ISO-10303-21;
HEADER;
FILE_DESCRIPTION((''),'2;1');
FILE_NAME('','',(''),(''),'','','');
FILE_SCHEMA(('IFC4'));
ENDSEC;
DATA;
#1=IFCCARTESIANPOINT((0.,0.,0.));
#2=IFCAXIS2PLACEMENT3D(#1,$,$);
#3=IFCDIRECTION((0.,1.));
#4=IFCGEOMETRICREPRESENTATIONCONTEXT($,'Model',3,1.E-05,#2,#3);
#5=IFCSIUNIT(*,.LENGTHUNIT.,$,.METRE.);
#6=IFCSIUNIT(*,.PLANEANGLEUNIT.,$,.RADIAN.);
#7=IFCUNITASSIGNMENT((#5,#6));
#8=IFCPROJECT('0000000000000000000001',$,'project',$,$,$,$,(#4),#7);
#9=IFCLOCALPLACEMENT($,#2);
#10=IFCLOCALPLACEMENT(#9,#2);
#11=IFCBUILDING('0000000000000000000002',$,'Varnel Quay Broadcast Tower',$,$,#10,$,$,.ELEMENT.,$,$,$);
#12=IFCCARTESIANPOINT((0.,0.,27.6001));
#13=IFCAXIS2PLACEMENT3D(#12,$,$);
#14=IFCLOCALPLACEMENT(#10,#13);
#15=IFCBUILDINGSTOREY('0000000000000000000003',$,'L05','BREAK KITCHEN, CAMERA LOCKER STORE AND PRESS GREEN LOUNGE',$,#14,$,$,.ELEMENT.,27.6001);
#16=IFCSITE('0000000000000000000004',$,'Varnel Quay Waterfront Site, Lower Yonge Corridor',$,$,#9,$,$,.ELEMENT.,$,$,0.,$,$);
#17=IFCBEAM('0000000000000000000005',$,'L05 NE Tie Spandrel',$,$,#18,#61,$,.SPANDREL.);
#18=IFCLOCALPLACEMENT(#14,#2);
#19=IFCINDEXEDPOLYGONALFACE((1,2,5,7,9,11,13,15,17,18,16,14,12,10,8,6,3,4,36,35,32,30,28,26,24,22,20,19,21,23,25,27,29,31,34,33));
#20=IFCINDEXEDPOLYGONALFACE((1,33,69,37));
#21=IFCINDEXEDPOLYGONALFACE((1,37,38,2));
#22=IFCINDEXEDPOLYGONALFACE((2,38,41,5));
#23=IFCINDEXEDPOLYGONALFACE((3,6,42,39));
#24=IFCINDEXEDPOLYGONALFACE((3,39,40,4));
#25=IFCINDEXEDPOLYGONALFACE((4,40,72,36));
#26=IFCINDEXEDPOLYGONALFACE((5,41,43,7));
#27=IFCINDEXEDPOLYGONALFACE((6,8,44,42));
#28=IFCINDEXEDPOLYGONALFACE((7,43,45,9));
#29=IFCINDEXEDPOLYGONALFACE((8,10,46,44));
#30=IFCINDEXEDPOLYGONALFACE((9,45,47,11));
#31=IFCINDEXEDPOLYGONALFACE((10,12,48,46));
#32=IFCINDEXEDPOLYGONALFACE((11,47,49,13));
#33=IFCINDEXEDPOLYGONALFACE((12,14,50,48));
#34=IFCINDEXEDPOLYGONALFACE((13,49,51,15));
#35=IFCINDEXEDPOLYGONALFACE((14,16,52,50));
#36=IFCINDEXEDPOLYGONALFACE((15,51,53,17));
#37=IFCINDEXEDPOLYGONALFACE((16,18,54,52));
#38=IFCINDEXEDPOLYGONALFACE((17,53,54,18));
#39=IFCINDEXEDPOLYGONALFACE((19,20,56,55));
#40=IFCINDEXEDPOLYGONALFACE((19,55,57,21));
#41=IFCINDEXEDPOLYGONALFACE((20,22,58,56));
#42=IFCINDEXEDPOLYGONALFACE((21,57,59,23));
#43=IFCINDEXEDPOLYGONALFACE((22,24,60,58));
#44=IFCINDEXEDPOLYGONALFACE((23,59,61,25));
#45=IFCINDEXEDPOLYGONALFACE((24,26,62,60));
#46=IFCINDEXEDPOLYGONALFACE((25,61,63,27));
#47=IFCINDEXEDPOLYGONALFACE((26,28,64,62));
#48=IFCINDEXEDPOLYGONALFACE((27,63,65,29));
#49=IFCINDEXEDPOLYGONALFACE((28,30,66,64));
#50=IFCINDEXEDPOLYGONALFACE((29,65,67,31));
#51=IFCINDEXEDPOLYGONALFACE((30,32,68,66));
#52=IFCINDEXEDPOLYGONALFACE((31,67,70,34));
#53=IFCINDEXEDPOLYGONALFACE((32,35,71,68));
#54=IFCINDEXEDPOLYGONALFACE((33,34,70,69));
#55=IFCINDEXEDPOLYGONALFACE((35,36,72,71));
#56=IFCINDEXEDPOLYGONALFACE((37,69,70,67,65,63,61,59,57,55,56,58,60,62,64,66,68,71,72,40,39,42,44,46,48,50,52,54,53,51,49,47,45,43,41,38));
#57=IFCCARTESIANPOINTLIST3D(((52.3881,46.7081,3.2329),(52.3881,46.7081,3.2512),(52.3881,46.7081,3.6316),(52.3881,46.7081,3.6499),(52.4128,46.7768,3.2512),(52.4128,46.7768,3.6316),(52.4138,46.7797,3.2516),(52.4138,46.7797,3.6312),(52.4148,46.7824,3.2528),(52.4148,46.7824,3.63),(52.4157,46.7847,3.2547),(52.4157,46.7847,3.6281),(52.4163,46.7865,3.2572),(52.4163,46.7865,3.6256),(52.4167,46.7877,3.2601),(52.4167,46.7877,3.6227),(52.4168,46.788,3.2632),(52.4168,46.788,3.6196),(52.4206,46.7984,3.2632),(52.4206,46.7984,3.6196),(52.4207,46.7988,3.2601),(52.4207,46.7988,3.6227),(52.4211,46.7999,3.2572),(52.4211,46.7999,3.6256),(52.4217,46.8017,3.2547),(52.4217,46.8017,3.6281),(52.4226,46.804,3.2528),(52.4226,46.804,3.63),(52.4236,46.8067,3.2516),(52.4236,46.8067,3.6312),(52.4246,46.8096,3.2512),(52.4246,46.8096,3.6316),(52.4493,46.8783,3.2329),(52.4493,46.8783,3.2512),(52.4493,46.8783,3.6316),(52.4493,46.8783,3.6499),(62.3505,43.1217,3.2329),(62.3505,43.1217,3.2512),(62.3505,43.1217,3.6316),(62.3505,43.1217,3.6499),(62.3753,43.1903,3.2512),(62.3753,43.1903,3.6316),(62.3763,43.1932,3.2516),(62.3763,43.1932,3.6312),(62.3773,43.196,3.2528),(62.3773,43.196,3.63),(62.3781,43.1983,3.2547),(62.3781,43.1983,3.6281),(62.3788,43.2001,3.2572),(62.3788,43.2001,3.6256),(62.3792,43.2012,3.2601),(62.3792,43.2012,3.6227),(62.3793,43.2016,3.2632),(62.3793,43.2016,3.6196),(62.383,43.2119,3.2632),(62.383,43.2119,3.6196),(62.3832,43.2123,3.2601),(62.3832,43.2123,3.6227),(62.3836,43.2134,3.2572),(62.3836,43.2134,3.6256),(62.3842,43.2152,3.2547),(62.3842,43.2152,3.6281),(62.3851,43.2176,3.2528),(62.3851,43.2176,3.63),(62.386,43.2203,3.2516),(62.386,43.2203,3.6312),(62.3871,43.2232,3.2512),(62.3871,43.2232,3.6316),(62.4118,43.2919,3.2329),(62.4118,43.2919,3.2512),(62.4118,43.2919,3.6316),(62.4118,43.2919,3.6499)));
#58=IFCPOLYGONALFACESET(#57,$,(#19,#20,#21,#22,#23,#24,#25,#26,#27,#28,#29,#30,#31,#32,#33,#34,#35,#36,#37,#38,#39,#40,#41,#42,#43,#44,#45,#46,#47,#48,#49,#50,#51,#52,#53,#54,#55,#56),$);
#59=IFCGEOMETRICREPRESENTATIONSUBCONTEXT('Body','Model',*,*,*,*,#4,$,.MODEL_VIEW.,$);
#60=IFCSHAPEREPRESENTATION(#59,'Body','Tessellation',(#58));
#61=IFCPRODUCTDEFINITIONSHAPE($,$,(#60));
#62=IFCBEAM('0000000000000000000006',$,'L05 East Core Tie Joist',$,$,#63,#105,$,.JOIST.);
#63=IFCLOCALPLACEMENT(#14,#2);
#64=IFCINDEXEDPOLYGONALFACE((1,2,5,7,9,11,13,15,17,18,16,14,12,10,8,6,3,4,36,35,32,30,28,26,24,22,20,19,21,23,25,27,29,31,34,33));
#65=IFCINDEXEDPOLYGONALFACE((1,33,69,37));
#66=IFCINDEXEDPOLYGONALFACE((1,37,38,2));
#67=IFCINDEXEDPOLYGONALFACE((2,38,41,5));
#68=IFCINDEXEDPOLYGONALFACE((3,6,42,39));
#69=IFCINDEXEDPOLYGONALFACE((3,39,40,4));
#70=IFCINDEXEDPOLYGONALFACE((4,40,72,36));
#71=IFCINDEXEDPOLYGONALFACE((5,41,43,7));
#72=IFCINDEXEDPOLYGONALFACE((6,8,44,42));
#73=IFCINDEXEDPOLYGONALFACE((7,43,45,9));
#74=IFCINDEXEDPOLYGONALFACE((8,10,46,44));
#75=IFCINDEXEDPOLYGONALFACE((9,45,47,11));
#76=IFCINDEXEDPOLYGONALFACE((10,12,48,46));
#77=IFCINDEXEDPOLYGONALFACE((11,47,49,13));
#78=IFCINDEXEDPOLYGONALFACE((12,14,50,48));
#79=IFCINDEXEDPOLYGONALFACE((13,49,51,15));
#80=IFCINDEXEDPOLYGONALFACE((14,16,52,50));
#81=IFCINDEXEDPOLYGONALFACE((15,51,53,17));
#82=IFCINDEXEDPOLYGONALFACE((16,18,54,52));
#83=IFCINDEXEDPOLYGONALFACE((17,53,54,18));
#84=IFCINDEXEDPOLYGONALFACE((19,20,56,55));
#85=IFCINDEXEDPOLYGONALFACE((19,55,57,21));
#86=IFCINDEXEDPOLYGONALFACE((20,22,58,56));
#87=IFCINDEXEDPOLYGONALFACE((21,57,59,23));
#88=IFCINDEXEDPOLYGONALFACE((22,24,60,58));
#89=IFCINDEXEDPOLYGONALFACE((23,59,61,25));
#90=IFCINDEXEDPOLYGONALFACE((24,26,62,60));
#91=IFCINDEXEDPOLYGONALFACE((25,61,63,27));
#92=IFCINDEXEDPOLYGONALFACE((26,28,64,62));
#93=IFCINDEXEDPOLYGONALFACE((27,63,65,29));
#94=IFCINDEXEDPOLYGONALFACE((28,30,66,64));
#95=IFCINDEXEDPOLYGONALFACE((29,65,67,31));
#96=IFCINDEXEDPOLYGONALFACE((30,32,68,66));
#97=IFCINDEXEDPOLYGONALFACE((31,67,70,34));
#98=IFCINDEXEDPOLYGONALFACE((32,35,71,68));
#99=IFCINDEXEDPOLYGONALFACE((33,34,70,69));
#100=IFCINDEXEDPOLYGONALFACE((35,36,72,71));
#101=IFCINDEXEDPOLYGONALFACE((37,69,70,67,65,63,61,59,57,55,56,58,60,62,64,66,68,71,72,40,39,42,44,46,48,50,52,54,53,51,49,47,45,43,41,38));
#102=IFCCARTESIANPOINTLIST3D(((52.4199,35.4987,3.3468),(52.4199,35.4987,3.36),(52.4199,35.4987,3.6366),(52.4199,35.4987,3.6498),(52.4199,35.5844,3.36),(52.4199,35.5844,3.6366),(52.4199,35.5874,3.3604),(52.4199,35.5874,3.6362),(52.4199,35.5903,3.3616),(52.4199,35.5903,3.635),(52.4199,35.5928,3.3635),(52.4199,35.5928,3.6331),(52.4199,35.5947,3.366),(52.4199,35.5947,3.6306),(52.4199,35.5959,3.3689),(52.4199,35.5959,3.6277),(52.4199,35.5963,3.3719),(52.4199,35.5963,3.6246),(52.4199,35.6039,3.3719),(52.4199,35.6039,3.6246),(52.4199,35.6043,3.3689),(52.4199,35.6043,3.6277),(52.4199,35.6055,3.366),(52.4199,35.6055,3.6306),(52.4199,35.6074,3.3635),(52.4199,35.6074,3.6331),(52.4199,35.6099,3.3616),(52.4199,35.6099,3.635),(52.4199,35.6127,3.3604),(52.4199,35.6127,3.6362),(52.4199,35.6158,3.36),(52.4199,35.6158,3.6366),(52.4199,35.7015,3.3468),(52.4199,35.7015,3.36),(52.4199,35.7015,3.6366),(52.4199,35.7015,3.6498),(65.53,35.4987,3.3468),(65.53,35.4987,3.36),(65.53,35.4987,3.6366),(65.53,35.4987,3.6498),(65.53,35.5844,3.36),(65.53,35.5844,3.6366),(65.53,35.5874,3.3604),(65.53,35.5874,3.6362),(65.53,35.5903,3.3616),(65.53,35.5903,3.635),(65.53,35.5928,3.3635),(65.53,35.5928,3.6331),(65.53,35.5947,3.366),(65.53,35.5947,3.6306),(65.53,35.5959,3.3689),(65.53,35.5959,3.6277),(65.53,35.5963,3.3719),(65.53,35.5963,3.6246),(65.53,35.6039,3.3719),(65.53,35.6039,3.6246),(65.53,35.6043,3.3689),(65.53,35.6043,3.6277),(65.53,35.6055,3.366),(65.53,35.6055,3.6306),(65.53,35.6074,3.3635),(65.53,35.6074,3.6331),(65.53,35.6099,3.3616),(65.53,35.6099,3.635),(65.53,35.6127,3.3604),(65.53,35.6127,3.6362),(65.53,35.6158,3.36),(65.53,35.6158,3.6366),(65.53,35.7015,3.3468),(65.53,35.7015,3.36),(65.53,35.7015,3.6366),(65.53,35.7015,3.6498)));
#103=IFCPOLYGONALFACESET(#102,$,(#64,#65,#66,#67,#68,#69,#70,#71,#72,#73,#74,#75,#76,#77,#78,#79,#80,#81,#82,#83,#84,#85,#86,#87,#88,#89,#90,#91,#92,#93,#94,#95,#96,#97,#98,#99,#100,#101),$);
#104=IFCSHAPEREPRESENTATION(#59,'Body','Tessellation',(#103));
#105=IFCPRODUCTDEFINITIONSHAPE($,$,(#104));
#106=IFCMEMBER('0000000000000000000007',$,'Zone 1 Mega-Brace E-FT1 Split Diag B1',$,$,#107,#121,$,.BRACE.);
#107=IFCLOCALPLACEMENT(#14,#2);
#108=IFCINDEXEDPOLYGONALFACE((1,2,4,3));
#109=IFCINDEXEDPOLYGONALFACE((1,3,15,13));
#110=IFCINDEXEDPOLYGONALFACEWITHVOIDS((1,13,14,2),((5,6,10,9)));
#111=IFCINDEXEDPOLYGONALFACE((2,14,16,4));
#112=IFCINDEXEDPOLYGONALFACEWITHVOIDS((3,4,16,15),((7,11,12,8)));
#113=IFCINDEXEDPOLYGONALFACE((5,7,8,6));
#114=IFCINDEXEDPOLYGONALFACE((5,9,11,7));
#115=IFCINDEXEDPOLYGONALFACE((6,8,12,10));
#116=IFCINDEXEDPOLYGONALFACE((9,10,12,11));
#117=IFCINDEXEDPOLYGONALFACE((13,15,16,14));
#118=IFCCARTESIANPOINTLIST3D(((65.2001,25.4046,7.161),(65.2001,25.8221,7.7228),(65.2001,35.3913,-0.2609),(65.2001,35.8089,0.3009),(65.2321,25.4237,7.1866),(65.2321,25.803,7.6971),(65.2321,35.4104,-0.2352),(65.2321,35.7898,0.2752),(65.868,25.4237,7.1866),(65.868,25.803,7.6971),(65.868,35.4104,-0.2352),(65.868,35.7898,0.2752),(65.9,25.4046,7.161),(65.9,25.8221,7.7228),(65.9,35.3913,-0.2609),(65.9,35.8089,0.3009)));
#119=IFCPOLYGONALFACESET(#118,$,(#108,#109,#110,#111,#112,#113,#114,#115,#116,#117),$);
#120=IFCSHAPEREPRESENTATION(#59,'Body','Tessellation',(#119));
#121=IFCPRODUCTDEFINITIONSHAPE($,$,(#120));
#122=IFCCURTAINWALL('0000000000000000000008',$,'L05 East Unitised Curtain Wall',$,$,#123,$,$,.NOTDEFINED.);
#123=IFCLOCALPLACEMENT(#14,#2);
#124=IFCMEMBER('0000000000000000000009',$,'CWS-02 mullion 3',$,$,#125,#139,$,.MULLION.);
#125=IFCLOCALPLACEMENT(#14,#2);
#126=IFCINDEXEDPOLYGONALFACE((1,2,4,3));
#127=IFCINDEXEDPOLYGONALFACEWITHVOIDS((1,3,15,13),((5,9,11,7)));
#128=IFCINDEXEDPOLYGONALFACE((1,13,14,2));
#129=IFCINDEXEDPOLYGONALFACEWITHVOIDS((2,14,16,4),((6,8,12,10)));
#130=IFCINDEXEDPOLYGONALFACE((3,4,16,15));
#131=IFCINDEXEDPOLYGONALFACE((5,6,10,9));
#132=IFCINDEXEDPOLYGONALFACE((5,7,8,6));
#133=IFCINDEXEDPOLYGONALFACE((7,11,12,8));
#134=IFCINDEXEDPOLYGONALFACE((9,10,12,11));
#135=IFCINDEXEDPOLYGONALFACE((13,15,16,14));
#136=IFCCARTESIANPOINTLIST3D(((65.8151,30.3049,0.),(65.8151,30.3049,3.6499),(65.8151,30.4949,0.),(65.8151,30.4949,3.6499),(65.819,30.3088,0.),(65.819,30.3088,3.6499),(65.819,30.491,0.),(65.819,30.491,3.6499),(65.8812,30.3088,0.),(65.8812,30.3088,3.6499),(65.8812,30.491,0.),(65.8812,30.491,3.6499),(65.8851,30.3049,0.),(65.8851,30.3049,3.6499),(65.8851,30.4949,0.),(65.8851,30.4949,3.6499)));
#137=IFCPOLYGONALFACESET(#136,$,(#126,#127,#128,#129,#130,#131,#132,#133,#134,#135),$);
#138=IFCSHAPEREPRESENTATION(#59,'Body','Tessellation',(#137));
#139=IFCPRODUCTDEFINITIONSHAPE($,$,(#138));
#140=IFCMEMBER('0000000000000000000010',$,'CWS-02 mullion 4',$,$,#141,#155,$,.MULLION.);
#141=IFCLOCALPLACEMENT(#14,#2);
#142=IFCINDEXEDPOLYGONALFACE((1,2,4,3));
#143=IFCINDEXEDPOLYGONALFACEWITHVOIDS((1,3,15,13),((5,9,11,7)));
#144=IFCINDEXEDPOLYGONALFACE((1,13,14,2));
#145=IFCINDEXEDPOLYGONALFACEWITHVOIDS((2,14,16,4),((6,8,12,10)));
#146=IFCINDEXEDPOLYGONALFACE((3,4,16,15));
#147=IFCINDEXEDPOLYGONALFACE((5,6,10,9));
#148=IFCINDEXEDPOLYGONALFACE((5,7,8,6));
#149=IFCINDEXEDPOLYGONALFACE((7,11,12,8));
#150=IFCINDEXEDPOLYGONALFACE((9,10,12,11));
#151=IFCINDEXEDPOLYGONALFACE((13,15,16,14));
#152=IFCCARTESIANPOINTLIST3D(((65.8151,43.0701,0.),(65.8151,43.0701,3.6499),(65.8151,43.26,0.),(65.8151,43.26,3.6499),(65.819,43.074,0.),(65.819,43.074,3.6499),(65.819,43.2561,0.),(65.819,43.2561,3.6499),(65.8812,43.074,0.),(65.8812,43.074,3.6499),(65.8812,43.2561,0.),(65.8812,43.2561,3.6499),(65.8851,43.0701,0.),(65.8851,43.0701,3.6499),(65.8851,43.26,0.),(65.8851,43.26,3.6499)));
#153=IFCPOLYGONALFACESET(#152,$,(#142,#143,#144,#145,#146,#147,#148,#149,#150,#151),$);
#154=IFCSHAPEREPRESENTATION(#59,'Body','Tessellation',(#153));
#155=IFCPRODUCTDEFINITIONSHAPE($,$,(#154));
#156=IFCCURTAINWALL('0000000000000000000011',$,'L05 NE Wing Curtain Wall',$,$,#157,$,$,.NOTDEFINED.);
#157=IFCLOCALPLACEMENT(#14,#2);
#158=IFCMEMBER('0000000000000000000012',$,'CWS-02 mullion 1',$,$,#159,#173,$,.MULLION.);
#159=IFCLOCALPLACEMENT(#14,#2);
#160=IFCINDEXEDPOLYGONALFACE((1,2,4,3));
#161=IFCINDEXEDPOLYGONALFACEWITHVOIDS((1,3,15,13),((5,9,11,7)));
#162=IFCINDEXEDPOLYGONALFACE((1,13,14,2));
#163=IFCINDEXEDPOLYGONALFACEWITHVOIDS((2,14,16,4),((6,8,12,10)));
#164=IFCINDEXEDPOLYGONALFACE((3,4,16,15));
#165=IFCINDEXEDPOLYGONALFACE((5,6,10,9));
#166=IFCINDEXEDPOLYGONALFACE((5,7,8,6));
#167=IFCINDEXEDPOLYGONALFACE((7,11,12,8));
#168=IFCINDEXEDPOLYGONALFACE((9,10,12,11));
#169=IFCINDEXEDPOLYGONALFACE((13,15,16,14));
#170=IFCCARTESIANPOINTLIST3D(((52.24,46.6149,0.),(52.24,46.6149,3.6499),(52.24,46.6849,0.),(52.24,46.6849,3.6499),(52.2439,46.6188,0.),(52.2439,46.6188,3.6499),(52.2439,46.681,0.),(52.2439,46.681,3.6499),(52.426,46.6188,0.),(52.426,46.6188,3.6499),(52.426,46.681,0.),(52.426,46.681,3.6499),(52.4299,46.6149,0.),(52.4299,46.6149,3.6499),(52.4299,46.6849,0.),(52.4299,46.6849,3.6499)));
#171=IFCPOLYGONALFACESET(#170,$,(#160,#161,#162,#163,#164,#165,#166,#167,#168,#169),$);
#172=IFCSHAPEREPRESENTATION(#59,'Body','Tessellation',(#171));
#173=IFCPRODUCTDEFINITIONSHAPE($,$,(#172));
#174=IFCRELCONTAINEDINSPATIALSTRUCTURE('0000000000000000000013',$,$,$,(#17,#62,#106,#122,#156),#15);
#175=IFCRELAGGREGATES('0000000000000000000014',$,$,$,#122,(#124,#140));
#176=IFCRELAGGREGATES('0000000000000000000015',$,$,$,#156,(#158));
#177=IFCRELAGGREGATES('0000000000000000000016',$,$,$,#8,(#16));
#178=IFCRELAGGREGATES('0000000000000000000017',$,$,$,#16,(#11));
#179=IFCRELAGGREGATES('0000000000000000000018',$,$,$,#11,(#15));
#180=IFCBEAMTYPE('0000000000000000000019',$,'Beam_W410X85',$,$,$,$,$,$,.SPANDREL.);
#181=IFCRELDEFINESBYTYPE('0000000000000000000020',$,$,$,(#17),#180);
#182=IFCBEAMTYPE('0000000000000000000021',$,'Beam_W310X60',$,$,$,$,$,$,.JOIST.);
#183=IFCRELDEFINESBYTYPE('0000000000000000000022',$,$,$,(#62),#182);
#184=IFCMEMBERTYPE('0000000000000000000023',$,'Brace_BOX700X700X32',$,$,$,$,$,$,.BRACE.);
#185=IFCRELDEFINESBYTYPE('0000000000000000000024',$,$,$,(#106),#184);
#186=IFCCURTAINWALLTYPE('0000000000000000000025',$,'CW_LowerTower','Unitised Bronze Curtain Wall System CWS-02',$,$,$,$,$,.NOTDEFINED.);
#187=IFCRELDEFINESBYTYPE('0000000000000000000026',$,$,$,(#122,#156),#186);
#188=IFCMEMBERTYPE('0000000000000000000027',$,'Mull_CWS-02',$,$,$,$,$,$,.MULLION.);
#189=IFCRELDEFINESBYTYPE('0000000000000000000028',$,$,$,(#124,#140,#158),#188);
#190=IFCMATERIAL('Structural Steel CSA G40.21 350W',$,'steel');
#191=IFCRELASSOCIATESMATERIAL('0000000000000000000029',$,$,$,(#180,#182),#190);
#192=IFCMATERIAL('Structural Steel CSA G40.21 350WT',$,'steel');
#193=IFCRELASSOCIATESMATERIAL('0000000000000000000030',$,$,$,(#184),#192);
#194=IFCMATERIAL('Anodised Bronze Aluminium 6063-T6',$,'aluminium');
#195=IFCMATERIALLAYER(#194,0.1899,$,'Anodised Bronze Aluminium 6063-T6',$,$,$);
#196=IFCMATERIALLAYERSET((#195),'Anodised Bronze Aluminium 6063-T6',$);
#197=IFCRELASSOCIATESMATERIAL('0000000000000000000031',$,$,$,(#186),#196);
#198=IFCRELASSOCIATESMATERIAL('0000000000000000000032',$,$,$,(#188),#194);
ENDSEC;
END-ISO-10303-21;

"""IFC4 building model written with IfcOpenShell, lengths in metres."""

from ifc_helpers import new_model, si_unit, direction, frame, origin, origin_2d, place, context, subcontext, project, spatial, hollow_rectangle, i_section, extrude, source, transform, mapped, material, layer, layer_set, material_profile, profile_set, type_object, type_shapes, element, aggregate, save


model = new_model("IFC4")

# Units and contexts
model_context = context("Model", 3, precision=1e-05, world=origin(), true_north=direction((0.0, 1.0)))
body_context = subcontext(model_context, "Body", "Model", "MODEL_VIEW")
ifc_project = project(units=[si_unit("LENGTHUNIT", "METRE"), si_unit("PLANEANGLEUNIT", "RADIAN")], contexts=[model_context])

# Site, building, storey
site_placement = place(None, origin())
site = spatial("IfcSite", under=ifc_project, at=site_placement, Name="Varnel Quay Waterfront Site, Lower Yonge Corridor", CompositionType="ELEMENT", RefElevation=0.0)
building_placement = place(site_placement, origin())
building = spatial("IfcBuilding", under=site, at=building_placement, Name="Varnel Quay Broadcast Tower", CompositionType="ELEMENT")
storey_placement = place(building_placement, frame((0.0, 0.0, 27.6001)))
storey = spatial("IfcBuildingStorey", under=building, at=storey_placement, Name="L05", Description="BREAK KITCHEN, CAMERA LOCKER STORE AND PRESS GREEN LOUNGE", CompositionType="ELEMENT", Elevation=27.6001)

# Shared definitions
ifc_material_1 = material(Name="Structural Steel CSA G40.21 350WT", Category="steel")
ifc_material_2 = material(Name="Structural Steel CSA G40.21 350W", Category="steel")

# Beams
ifc_material_profile_1 = material_profile(ifc_material_2, i_section(OverallWidth=0.1809, OverallDepth=0.417, WebThickness=0.011, FlangeThickness=0.0183, FilletRadius=0.012, at=origin_2d()), Name="W410X85")
ifc_profile_set_1 = profile_set([ifc_material_profile_1], Name="Structural Steel CSA G40.21 350W")
beam_type_1 = type_object("IfcBeamType", Name="Beam_W410X85", PredefinedType="SPANDREL", material=ifc_profile_set_1)
shared_shape_1 = source(origin(), body_context, "Body", "SweptSolid", [
    extrude(i_section(OverallWidth=0.1809, OverallDepth=0.417, WebThickness=0.011, FlangeThickness=0.0183, FilletRadius=0.012, at=origin_2d()), origin(), (0.0, 0.0, 1.0), 10.5884),
])
beam_1_placement = place(storey_placement, frame((52.4187, 46.7932, 3.4414), z_axis=(0.940889, -0.338716, 0.0), x_axis=(0.338716, 0.940889, 0.0)))
element("IfcBeam", 1, at=beam_1_placement, inside=storey, type_object=beam_type_1, Name="L05 NE Tie Spandrel", PredefinedType="SPANDREL", context=body_context, shape_type="MappedRepresentation", body=[
    mapped(shared_shape_1, transform((0.0, 0.0, 0.0), x_axis=(1.0, 0.0, 0.0), y_axis=(0.0, 1.0, 0.0), z_axis=(0.0, 0.0, 1.0), scale=1.0)),
])
ifc_material_profile_2 = material_profile(ifc_material_2, i_section(OverallWidth=0.2029, OverallDepth=0.303, WebThickness=0.0076, FlangeThickness=0.0132, FilletRadius=0.012, at=origin_2d()), Name="W310X60")
ifc_profile_set_2 = profile_set([ifc_material_profile_2], Name="Structural Steel CSA G40.21 350W")
beam_type_2 = type_object("IfcBeamType", Name="Beam_W310X60", PredefinedType="JOIST", material=ifc_profile_set_2)
shared_shape_2 = source(origin(), body_context, "Body", "SweptSolid", [
    extrude(i_section(OverallWidth=0.2029, OverallDepth=0.303, WebThickness=0.0076, FlangeThickness=0.0132, FilletRadius=0.012, at=origin_2d()), origin(), (0.0, 0.0, 1.0), 13.1101),
])
type_shapes(beam_type_2, [shared_shape_2])
beam_2_placement = place(storey_placement, frame((52.4199, 35.6001, 3.4983), z_axis=(1.0, 0.0, 0.0), x_axis=(0.0, 1.0, 0.0)))
element("IfcBeam", 2, at=beam_2_placement, inside=storey, type_object=beam_type_2, Name="L05 East Core Tie Joist", PredefinedType="JOIST", context=body_context, shape_type="MappedRepresentation", body=[
    mapped(shared_shape_2, transform((0.0, 0.0, 0.0), x_axis=(1.0, 0.0, 0.0), y_axis=(0.0, 1.0, 0.0), z_axis=(0.0, 0.0, 1.0), scale=1.0)),
])

# Member
ifc_material_profile_3 = material_profile(ifc_material_1, hollow_rectangle(XDim=0.7, YDim=0.7, WallThickness=0.032, at=origin_2d()), Name="BOX700X700X32")
ifc_profile_set_3 = profile_set([ifc_material_profile_3], Name="Structural Steel CSA G40.21 350WT")
member_type_1 = type_object("IfcMemberType", Name="Brace_BOX700X700X32", PredefinedType="BRACE", material=ifc_profile_set_3)
shared_shape_3 = source(origin(), body_context, "Body", "SweptSolid", [
    extrude(hollow_rectangle(XDim=0.7, YDim=0.7, WallThickness=0.032, at=origin_2d()), origin(), (0.0, 0.0, 1.0), 12.4426),
])
type_shapes(member_type_1, [shared_shape_3])
member_1_placement = place(storey_placement, frame((65.55, 35.6001, 0.02), z_axis=(0.0, -0.802625, 0.596484), x_axis=(1.0, 0.0, 0.0)))
element("IfcMember", 3, at=member_1_placement, inside=storey, type_object=member_type_1, Name="Zone 1 Mega-Brace E-FT1 Split Diag B1", PredefinedType="BRACE", context=body_context, shape_type="MappedRepresentation", body=[
    mapped(shared_shape_3, transform((0.0, 0.0, 0.0), x_axis=(1.0, 0.0, 0.0), y_axis=(0.0, 1.0, 0.0), z_axis=(0.0, 0.0, 1.0), scale=1.0)),
])

# Curtain walls, members
ifc_material_3 = material(Name="Anodised Bronze Aluminium 6063-T6", Category="aluminium")
ifc_layer_1 = layer(ifc_material_3, 0.1899, Name="Anodised Bronze Aluminium 6063-T6")
ifc_layer_set_1 = layer_set([ifc_layer_1], Name="Anodised Bronze Aluminium 6063-T6")
curtain_wall_type = type_object("IfcCurtainWallType", Name="CW_LowerTower", Description="Unitised Bronze Curtain Wall System CWS-02", PredefinedType="NOTDEFINED", material=ifc_layer_set_1)
curtain_wall_1_placement = place(storey_placement, origin())
curtain_wall_1 = element("IfcCurtainWall", 4, at=curtain_wall_1_placement, inside=storey, type_object=curtain_wall_type, Name="L05 East Unitised Curtain Wall", PredefinedType="NOTDEFINED")
ifc_material_profile_4 = material_profile(ifc_material_3, hollow_rectangle(XDim=0.0701, YDim=0.1899, WallThickness=0.0039, at=origin_2d()), Name="ALU70X190X4")
ifc_profile_set_4 = profile_set([ifc_material_profile_4], Name="Anodised Bronze Aluminium 6063-T6")
member_type_2 = type_object("IfcMemberType", Name="Mull_CWS-02", PredefinedType="MULLION", material=ifc_profile_set_4)
shared_shape_4 = source(origin(), body_context, "Body", "SweptSolid", [
    extrude(hollow_rectangle(XDim=0.0701, YDim=0.1899, WallThickness=0.0039, at=origin_2d()), origin(), (0.0, 0.0, 1.0), 3.6499),
])
type_shapes(member_type_2, [shared_shape_4])
member_2_placement = place(storey_placement, frame((65.8501, 30.3999, 0.0), z_axis=(0.0, 0.0, 1.0), x_axis=(-1.0, 0.0, 0.0)))
member_2 = element("IfcMember", 5, at=member_2_placement, type_object=member_type_2, Name="CWS-02 mullion 3", PredefinedType="MULLION", context=body_context, shape_type="MappedRepresentation", body=[
    mapped(shared_shape_4, transform((0.0, 0.0, 0.0), x_axis=(1.0, 0.0, 0.0), y_axis=(0.0, 1.0, 0.0), z_axis=(0.0, 0.0, 1.0), scale=1.0)),
])
member_3_placement = place(storey_placement, frame((65.8501, 43.165, 0.0), z_axis=(0.0, 0.0, 1.0), x_axis=(-1.0, 0.0, 0.0)))
member_3 = element("IfcMember", 6, at=member_3_placement, type_object=member_type_2, Name="CWS-02 mullion 4", PredefinedType="MULLION", context=body_context, shape_type="MappedRepresentation", body=[
    mapped(shared_shape_4, transform((0.0, 0.0, 0.0), x_axis=(1.0, 0.0, 0.0), y_axis=(0.0, 1.0, 0.0), z_axis=(0.0, 0.0, 1.0), scale=1.0)),
])
curtain_wall_2_placement = place(storey_placement, origin())
curtain_wall_2 = element("IfcCurtainWall", 7, at=curtain_wall_2_placement, inside=storey, type_object=curtain_wall_type, Name="L05 NE Wing Curtain Wall", PredefinedType="NOTDEFINED")
member_4_placement = place(storey_placement, frame((52.335, 46.6499, 0.0), z_axis=(0.0, 0.0, 1.0), x_axis=(0.0, 1.0, 0.0)))
member_4 = element("IfcMember", 8, at=member_4_placement, type_object=member_type_2, Name="CWS-02 mullion 1", PredefinedType="MULLION", context=body_context, shape_type="MappedRepresentation", body=[
    mapped(shared_shape_4, transform((0.0, 0.0, 0.0), x_axis=(1.0, 0.0, 0.0), y_axis=(0.0, 1.0, 0.0), z_axis=(0.0, 0.0, 1.0), scale=1.0)),
])

aggregate(curtain_wall_1, [member_2, member_3])
aggregate(curtain_wall_2, [member_4])

save(model, "model.ifc")
